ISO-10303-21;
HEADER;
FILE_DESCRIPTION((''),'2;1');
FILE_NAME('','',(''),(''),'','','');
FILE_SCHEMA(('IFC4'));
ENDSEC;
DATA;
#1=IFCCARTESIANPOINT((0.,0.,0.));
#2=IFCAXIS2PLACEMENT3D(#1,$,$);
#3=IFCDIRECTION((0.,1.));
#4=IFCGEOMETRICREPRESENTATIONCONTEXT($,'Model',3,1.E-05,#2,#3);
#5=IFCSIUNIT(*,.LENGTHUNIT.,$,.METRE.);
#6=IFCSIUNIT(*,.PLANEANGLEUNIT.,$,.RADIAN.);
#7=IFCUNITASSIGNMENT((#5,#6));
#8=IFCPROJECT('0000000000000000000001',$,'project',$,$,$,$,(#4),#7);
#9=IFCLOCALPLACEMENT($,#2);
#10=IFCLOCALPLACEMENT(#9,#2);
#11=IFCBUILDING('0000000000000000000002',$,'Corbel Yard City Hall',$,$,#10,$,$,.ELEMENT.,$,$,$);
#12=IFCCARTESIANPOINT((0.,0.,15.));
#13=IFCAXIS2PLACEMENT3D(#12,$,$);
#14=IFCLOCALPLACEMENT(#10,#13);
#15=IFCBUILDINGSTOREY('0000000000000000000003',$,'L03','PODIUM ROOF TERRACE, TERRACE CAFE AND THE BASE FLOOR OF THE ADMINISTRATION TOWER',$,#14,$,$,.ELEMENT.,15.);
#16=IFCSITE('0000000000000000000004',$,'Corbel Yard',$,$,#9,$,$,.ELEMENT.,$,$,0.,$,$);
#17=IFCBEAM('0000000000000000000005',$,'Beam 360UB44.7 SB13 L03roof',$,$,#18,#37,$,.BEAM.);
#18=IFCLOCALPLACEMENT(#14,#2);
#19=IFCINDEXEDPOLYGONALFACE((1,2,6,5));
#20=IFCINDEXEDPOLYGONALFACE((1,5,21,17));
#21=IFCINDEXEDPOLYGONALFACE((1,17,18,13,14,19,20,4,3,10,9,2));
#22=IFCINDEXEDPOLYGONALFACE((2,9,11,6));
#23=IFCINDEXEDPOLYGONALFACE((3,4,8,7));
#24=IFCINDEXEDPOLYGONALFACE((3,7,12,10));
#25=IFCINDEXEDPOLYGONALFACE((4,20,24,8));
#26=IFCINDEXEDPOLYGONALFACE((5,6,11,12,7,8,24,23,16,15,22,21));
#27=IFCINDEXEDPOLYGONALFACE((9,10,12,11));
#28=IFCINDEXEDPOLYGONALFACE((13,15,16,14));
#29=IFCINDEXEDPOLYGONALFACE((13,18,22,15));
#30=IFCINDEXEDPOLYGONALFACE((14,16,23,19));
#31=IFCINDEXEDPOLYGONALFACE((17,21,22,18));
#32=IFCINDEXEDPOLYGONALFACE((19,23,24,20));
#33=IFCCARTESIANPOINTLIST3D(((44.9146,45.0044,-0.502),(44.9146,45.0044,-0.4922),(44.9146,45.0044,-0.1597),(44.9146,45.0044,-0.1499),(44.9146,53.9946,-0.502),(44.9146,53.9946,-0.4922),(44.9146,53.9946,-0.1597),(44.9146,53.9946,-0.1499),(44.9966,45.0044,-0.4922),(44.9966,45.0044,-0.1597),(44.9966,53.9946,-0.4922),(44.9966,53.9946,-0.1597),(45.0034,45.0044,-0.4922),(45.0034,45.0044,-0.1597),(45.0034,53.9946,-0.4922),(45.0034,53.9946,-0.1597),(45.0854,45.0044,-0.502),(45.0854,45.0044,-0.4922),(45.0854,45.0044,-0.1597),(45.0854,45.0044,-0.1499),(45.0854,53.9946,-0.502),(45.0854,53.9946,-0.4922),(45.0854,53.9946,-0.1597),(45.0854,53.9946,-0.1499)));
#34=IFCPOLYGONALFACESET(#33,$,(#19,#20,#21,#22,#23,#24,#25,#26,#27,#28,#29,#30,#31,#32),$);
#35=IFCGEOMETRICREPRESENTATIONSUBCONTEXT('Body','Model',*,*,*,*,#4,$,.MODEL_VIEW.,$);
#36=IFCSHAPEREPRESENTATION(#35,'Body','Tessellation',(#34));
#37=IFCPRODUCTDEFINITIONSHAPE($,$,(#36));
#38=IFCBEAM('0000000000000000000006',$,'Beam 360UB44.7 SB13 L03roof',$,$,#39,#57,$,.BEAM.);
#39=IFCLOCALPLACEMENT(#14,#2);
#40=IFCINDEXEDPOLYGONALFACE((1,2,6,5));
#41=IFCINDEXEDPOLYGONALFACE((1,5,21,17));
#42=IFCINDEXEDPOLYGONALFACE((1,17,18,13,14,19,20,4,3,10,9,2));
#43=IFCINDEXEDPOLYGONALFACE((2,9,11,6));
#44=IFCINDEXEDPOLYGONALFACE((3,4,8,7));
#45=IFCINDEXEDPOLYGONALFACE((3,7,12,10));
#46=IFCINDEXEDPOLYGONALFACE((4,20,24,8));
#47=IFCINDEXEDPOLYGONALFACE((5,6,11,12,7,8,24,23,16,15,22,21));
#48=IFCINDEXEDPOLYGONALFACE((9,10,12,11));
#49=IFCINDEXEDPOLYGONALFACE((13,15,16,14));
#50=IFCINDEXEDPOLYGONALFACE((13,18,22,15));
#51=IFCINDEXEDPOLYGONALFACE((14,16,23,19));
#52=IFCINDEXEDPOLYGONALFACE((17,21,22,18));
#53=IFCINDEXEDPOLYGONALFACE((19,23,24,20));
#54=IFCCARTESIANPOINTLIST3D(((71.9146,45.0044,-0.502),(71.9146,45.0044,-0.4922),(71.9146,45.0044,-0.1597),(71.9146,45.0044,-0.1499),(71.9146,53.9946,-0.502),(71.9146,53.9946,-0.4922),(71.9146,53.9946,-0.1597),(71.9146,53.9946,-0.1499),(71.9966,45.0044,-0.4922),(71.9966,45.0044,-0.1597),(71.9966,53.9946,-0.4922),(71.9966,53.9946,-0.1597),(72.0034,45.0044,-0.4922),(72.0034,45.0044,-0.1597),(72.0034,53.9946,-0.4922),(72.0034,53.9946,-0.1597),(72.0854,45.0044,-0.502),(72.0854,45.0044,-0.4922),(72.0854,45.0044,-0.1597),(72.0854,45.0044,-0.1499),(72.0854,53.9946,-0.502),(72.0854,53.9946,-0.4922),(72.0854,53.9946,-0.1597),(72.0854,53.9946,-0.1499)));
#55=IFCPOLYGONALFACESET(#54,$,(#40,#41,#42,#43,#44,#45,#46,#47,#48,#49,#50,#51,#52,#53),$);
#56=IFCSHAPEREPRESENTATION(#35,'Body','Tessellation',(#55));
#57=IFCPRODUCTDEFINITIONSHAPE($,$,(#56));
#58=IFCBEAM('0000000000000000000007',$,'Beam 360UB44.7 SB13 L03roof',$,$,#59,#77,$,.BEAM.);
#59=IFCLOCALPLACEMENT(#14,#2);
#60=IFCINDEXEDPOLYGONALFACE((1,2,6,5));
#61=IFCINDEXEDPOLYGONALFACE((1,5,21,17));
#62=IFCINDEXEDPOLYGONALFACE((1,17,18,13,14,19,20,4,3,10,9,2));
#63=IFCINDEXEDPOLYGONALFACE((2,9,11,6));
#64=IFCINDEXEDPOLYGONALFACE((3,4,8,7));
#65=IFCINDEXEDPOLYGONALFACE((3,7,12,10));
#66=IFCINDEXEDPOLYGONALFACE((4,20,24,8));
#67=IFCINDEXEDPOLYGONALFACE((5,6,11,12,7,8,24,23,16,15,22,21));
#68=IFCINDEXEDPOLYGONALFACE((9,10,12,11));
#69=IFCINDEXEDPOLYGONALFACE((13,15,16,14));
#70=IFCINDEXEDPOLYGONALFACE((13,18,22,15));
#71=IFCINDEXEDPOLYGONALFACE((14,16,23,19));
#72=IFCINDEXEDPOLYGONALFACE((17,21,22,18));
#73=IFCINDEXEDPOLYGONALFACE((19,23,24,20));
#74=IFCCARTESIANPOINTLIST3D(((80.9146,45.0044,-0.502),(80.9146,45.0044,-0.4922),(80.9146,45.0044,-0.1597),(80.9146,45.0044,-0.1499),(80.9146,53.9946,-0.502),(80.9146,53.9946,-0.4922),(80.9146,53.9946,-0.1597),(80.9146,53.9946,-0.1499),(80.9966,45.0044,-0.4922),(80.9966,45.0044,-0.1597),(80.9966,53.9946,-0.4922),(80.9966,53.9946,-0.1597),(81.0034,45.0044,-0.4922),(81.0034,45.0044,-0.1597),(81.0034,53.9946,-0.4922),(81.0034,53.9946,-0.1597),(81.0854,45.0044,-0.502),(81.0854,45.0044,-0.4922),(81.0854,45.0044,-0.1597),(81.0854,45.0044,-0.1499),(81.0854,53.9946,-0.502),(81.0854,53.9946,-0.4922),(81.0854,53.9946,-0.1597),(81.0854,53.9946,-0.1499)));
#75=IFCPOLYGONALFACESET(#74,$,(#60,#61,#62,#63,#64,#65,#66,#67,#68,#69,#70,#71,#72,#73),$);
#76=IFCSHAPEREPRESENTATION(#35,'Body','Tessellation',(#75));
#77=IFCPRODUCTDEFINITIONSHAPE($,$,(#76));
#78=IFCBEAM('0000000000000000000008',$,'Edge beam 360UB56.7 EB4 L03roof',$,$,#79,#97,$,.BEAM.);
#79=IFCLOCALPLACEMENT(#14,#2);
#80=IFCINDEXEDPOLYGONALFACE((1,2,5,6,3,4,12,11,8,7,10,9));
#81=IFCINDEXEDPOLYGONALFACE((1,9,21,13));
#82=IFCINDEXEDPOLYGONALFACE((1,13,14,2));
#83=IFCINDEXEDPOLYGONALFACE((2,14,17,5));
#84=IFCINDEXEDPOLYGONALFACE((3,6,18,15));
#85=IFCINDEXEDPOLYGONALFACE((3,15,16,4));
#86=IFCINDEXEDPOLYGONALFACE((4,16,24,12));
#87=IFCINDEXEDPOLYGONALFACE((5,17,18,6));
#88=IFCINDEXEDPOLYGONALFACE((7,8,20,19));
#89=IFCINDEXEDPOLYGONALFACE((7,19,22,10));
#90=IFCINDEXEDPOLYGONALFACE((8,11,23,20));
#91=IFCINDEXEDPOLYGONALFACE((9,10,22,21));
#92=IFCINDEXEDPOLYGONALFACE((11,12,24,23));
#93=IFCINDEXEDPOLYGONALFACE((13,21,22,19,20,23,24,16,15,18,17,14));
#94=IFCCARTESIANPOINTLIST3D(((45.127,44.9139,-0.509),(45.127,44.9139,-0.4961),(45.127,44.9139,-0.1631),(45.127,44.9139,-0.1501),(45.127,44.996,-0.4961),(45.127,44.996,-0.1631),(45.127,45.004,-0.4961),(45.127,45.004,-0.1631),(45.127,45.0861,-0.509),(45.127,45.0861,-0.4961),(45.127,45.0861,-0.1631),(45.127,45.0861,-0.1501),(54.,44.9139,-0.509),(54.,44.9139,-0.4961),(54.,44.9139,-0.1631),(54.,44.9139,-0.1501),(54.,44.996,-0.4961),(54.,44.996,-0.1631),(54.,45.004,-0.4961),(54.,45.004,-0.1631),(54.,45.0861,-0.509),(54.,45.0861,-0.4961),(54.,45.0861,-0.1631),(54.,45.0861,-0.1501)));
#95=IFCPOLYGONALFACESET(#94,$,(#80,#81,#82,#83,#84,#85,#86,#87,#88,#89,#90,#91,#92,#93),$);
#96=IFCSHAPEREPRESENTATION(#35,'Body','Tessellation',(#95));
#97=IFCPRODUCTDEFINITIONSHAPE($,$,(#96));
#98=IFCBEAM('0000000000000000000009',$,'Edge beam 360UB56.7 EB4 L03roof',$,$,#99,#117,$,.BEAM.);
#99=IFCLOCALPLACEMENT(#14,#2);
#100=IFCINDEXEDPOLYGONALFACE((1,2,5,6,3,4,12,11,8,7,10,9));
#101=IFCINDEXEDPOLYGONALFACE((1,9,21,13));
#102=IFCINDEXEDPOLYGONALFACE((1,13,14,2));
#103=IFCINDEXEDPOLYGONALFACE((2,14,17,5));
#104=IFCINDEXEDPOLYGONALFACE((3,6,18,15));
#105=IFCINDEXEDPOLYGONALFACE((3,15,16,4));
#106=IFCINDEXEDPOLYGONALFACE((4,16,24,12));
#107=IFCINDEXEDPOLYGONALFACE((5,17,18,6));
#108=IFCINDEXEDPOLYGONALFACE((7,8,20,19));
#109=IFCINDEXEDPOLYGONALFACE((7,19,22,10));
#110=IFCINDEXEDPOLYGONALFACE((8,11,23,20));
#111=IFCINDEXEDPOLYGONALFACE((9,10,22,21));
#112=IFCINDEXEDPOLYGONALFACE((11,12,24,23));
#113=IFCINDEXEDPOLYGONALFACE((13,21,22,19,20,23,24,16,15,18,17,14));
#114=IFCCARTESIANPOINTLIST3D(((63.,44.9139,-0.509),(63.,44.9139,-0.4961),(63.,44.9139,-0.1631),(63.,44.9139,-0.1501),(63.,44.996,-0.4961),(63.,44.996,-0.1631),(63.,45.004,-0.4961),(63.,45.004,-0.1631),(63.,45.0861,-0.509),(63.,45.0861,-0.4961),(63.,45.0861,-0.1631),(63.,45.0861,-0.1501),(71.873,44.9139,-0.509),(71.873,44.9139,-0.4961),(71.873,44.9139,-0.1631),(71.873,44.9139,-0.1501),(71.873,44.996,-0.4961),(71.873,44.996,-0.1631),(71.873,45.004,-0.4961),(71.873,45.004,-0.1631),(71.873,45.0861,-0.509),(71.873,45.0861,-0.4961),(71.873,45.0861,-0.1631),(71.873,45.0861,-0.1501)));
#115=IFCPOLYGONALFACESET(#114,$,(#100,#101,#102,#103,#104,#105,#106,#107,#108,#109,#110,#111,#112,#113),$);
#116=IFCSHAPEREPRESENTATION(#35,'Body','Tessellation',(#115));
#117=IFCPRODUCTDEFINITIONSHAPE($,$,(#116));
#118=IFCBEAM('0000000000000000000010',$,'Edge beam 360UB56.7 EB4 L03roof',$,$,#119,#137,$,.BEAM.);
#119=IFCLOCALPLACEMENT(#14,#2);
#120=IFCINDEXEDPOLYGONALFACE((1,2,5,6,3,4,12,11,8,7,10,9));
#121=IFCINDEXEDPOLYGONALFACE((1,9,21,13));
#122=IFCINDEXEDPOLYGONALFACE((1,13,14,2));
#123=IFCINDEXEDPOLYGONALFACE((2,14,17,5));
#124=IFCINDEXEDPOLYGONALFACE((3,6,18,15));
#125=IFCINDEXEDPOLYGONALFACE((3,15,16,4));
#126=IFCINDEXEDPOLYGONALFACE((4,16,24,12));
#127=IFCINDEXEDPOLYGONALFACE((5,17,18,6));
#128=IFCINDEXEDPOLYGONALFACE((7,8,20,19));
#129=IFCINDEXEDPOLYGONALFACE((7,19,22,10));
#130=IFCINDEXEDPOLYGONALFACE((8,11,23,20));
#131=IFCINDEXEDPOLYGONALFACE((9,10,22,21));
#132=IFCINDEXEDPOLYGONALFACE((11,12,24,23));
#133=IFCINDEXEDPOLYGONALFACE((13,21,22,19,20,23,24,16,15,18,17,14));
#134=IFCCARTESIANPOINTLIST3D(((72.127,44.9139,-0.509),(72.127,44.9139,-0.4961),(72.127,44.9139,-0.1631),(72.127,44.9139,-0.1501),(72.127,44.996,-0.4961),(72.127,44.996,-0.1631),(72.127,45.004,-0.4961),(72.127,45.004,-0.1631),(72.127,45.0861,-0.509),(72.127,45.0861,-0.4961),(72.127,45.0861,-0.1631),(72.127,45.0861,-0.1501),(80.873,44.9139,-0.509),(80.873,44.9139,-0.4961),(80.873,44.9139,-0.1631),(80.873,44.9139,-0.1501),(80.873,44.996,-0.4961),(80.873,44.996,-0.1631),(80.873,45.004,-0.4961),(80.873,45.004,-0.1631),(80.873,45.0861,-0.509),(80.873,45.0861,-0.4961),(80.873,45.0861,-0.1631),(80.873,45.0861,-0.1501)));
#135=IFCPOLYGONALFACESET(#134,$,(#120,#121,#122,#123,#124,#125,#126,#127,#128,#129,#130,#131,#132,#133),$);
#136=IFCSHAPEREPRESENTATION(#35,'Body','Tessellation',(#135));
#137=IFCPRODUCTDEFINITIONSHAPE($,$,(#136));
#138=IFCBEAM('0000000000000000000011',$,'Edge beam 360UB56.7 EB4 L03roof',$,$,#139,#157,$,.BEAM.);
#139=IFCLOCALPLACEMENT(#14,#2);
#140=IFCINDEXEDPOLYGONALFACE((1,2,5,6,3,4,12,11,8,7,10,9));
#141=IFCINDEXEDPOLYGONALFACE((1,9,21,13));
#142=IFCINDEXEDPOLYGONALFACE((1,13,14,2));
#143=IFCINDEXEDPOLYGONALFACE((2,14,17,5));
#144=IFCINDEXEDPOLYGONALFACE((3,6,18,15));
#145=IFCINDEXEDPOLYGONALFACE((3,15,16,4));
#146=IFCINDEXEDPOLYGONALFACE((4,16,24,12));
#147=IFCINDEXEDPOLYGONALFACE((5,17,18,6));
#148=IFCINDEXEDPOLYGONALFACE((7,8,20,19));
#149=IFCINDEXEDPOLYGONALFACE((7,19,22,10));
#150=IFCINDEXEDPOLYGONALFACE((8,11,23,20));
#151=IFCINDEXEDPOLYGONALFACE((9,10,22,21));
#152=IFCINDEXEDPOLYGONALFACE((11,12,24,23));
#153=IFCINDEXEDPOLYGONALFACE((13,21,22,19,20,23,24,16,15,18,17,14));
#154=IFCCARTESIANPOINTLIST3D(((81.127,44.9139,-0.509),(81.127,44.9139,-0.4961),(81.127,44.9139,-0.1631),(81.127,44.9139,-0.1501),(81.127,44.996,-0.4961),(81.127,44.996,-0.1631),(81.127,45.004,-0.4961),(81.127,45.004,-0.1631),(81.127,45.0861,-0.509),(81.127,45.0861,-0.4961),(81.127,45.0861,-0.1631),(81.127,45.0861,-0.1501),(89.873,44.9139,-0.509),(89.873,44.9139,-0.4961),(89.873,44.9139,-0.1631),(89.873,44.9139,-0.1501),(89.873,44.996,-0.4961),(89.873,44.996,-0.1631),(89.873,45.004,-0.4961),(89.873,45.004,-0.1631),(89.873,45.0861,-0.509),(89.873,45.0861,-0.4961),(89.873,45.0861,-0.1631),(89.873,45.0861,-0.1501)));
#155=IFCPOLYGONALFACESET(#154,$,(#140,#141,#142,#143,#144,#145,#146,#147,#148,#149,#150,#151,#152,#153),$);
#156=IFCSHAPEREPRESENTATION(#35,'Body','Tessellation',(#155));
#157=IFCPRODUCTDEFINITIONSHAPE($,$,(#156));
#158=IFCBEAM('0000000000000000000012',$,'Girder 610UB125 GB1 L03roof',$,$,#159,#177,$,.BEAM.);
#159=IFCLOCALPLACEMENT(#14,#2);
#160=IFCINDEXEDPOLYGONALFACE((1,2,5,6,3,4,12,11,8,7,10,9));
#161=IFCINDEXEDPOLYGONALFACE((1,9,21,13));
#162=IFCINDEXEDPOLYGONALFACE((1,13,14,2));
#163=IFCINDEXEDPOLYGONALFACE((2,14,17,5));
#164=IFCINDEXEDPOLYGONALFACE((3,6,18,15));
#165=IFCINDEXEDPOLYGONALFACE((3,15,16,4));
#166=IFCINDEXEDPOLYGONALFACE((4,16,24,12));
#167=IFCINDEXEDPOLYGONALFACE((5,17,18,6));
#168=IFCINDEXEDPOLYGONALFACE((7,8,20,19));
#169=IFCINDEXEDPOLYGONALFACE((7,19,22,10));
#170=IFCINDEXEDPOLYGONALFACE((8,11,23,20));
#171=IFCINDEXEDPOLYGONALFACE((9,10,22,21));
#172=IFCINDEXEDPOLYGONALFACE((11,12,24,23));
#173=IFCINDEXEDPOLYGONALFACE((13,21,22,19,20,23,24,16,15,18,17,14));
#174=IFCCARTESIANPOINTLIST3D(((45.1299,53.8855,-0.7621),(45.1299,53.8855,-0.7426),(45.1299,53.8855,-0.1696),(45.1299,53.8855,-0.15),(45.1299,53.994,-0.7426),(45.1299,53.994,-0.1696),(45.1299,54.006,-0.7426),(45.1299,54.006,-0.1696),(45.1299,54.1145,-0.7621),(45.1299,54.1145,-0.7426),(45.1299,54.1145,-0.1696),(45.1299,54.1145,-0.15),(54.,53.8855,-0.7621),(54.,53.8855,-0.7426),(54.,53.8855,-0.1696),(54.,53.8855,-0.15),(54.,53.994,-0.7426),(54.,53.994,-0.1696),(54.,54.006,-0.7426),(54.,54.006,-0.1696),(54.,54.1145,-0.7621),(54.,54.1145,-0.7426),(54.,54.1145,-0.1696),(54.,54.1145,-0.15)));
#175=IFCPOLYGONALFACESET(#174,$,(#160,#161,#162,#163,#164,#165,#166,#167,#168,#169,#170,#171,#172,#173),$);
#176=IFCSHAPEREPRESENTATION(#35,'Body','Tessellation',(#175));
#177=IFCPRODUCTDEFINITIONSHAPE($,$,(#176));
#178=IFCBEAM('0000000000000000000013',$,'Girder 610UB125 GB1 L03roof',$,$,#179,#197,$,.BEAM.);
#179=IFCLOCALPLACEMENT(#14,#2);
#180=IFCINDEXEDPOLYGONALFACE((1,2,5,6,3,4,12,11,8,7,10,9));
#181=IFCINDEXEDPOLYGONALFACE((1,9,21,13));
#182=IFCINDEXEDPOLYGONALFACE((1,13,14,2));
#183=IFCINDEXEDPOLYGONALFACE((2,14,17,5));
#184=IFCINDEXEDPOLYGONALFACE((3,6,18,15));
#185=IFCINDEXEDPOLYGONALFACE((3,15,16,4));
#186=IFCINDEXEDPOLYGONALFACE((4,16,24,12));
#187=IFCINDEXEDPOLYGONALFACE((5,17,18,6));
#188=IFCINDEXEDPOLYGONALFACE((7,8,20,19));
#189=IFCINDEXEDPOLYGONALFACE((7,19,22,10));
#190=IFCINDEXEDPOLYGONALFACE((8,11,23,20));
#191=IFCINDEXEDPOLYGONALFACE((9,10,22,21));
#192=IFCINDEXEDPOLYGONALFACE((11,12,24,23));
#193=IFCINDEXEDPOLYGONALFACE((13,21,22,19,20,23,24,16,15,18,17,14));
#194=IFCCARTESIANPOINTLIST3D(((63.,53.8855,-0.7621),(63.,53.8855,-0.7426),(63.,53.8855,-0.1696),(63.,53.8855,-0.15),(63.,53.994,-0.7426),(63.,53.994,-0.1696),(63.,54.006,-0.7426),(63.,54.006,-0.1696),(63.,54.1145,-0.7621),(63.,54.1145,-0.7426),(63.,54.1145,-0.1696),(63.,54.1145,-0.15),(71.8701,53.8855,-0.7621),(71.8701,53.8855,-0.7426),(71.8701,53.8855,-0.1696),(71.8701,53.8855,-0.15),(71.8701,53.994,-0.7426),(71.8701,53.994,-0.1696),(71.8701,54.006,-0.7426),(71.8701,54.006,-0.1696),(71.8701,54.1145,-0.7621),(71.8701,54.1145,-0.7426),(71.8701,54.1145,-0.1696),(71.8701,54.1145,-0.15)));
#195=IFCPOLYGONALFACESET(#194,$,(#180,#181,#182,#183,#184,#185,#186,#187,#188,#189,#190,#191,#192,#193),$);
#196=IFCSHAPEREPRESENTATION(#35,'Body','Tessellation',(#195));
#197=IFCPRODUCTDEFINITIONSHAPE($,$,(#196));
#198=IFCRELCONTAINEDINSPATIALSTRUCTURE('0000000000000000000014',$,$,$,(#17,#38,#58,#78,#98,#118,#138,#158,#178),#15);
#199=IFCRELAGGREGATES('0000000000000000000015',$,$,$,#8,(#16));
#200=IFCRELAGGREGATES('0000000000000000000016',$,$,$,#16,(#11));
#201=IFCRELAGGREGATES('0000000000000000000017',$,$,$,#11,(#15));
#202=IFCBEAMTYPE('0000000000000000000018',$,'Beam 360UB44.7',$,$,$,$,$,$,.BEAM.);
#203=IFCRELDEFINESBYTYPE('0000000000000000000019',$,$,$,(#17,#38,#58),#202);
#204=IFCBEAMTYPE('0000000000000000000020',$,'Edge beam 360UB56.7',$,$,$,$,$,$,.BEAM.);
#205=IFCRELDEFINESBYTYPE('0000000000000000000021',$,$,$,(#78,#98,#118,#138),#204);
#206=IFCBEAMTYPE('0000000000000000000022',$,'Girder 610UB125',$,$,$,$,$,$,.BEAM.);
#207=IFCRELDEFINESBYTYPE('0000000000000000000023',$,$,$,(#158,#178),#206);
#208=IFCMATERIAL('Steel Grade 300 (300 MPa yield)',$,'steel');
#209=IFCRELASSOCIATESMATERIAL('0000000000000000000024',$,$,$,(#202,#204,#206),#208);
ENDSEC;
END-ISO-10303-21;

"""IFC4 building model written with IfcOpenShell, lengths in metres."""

from ifc_helpers import new_model, si_unit, direction, frame, origin, origin_2d, place, context, subcontext, project, spatial, i_section, extrude, material, material_profile, profile_set, type_object, element, save


model = new_model("IFC4")

# Units and contexts
model_context = context("Model", 3, precision=1e-05, world=origin(), true_north=direction((0.0, 1.0)))
body_context = subcontext(model_context, "Body", "Model", "MODEL_VIEW")
ifc_project = project(units=[si_unit("LENGTHUNIT", "METRE"), si_unit("PLANEANGLEUNIT", "RADIAN")], contexts=[model_context])

# Site, building, storey
site_placement = place(None, origin())
site = spatial("IfcSite", under=ifc_project, at=site_placement, Name="Corbel Yard", CompositionType="ELEMENT", RefElevation=0.0)
building_placement = place(site_placement, origin())
building = spatial("IfcBuilding", under=site, at=building_placement, Name="Corbel Yard City Hall", CompositionType="ELEMENT")
storey_placement = place(building_placement, frame((0.0, 0.0, 15.0)))
storey = spatial("IfcBuildingStorey", under=building, at=storey_placement, Name="L03", Description="PODIUM ROOF TERRACE, TERRACE CAFE AND THE BASE FLOOR OF THE ADMINISTRATION TOWER", CompositionType="ELEMENT", Elevation=15.0)

# Beams
ifc_material_1 = material(Name="Steel Grade 300 (300 MPa yield)", Category="steel")
ifc_material_profile_1 = material_profile(ifc_material_1, i_section(OverallWidth=0.1709, OverallDepth=0.3521, WebThickness=0.0068, FlangeThickness=0.0098, at=origin_2d()), Name="360UB44.7")
ifc_profile_set_1 = profile_set([ifc_material_profile_1], Name="Steel Grade 300 (300 MPa yield)")
beam_type_1 = type_object("IfcBeamType", Name="Beam 360UB44.7", PredefinedType="BEAM", material=ifc_profile_set_1)
for number, where, z_axis, x_axis, name in (
    (1, (45.0, 45.0044, -0.3259), (0.0, 1.0, 0.0), (-1.0, 0.0, 0.0), "Beam 360UB44.7 SB13 L03roof"),
    (2, (72.0, 45.0044, -0.3259), (0.0, 1.0, 0.0), (-1.0, 0.0, 0.0), "Beam 360UB44.7 SB13 L03roof"),
    (3, (81.0, 45.0044, -0.3259), (0.0, 1.0, 0.0), (-1.0, 0.0, 0.0), "Beam 360UB44.7 SB13 L03roof"),
):
    element("IfcBeam", number, at=place(storey_placement, frame(where, z_axis=z_axis, x_axis=x_axis)), inside=storey, type_object=beam_type_1, Name=name, PredefinedType="BEAM", context=body_context, shape_type="SweptSolid", body=[
        extrude(i_section(OverallWidth=0.1709, OverallDepth=0.3521, WebThickness=0.0068, FlangeThickness=0.0098, at=origin_2d()), origin(), (0.0, 0.0, 1.0), 8.9902),
    ])
ifc_material_profile_2 = material_profile(ifc_material_1, i_section(OverallWidth=0.1721, OverallDepth=0.3589, WebThickness=0.0081, FlangeThickness=0.0129, at=origin_2d()), Name="360UB56.7")
ifc_profile_set_2 = profile_set([ifc_material_profile_2], Name="Steel Grade 300 (300 MPa yield)")
beam_type_2 = type_object("IfcBeamType", Name="Edge beam 360UB56.7", PredefinedType="BEAM", material=ifc_profile_set_2)
for number, where, z_axis, x_axis, name in (
    (4, (45.127, 45.0, -0.3296), (1.0, 0.0, 0.0), (0.0, 1.0, 0.0), "Edge beam 360UB56.7 EB4 L03roof"),
    (5, (63.0, 45.0, -0.3296), (1.0, 0.0, 0.0), (0.0, 1.0, 0.0), "Edge beam 360UB56.7 EB4 L03roof"),
):
    element("IfcBeam", number, at=place(storey_placement, frame(where, z_axis=z_axis, x_axis=x_axis)), inside=storey, type_object=beam_type_2, Name=name, PredefinedType="BEAM", context=body_context, shape_type="SweptSolid", body=[
        extrude(i_section(OverallWidth=0.1721, OverallDepth=0.3589, WebThickness=0.0081, FlangeThickness=0.0129, at=origin_2d()), origin(), (0.0, 0.0, 1.0), 8.873),
    ])
for number, where, z_axis, x_axis, name in (
    (6, (72.127, 45.0, -0.3296), (1.0, 0.0, 0.0), (0.0, 1.0, 0.0), "Edge beam 360UB56.7 EB4 L03roof"),
    (7, (81.127, 45.0, -0.3296), (1.0, 0.0, 0.0), (0.0, 1.0, 0.0), "Edge beam 360UB56.7 EB4 L03roof"),
):
    element("IfcBeam", number, at=place(storey_placement, frame(where, z_axis=z_axis, x_axis=x_axis)), inside=storey, type_object=beam_type_2, Name=name, PredefinedType="BEAM", context=body_context, shape_type="SweptSolid", body=[
        extrude(i_section(OverallWidth=0.1721, OverallDepth=0.3589, WebThickness=0.0081, FlangeThickness=0.0129, at=origin_2d()), origin(), (0.0, 0.0, 1.0), 8.7461),
    ])
ifc_material_profile_3 = material_profile(ifc_material_1, i_section(OverallWidth=0.229, OverallDepth=0.6121, WebThickness=0.012, FlangeThickness=0.0195, at=origin_2d()), Name="610UB125")
ifc_profile_set_3 = profile_set([ifc_material_profile_3], Name="Steel Grade 300 (300 MPa yield)")
beam_type_3 = type_object("IfcBeamType", Name="Girder 610UB125", PredefinedType="BEAM", material=ifc_profile_set_3)
for number, where, z_axis, x_axis, name in (
    (8, (45.1299, 54.0, -0.4561), (1.0, 0.0, 0.0), (0.0, 1.0, 0.0), "Girder 610UB125 GB1 L03roof"),
    (9, (63.0, 54.0, -0.4561), (1.0, 0.0, 0.0), (0.0, 1.0, 0.0), "Girder 610UB125 GB1 L03roof"),
):
    element("IfcBeam", number, at=place(storey_placement, frame(where, z_axis=z_axis, x_axis=x_axis)), inside=storey, type_object=beam_type_3, Name=name, PredefinedType="BEAM", context=body_context, shape_type="SweptSolid", body=[
        extrude(i_section(OverallWidth=0.229, OverallDepth=0.6121, WebThickness=0.012, FlangeThickness=0.0195, at=origin_2d()), origin(), (0.0, 0.0, 1.0), 8.8701),
    ])

save(model, "model.ifc")
